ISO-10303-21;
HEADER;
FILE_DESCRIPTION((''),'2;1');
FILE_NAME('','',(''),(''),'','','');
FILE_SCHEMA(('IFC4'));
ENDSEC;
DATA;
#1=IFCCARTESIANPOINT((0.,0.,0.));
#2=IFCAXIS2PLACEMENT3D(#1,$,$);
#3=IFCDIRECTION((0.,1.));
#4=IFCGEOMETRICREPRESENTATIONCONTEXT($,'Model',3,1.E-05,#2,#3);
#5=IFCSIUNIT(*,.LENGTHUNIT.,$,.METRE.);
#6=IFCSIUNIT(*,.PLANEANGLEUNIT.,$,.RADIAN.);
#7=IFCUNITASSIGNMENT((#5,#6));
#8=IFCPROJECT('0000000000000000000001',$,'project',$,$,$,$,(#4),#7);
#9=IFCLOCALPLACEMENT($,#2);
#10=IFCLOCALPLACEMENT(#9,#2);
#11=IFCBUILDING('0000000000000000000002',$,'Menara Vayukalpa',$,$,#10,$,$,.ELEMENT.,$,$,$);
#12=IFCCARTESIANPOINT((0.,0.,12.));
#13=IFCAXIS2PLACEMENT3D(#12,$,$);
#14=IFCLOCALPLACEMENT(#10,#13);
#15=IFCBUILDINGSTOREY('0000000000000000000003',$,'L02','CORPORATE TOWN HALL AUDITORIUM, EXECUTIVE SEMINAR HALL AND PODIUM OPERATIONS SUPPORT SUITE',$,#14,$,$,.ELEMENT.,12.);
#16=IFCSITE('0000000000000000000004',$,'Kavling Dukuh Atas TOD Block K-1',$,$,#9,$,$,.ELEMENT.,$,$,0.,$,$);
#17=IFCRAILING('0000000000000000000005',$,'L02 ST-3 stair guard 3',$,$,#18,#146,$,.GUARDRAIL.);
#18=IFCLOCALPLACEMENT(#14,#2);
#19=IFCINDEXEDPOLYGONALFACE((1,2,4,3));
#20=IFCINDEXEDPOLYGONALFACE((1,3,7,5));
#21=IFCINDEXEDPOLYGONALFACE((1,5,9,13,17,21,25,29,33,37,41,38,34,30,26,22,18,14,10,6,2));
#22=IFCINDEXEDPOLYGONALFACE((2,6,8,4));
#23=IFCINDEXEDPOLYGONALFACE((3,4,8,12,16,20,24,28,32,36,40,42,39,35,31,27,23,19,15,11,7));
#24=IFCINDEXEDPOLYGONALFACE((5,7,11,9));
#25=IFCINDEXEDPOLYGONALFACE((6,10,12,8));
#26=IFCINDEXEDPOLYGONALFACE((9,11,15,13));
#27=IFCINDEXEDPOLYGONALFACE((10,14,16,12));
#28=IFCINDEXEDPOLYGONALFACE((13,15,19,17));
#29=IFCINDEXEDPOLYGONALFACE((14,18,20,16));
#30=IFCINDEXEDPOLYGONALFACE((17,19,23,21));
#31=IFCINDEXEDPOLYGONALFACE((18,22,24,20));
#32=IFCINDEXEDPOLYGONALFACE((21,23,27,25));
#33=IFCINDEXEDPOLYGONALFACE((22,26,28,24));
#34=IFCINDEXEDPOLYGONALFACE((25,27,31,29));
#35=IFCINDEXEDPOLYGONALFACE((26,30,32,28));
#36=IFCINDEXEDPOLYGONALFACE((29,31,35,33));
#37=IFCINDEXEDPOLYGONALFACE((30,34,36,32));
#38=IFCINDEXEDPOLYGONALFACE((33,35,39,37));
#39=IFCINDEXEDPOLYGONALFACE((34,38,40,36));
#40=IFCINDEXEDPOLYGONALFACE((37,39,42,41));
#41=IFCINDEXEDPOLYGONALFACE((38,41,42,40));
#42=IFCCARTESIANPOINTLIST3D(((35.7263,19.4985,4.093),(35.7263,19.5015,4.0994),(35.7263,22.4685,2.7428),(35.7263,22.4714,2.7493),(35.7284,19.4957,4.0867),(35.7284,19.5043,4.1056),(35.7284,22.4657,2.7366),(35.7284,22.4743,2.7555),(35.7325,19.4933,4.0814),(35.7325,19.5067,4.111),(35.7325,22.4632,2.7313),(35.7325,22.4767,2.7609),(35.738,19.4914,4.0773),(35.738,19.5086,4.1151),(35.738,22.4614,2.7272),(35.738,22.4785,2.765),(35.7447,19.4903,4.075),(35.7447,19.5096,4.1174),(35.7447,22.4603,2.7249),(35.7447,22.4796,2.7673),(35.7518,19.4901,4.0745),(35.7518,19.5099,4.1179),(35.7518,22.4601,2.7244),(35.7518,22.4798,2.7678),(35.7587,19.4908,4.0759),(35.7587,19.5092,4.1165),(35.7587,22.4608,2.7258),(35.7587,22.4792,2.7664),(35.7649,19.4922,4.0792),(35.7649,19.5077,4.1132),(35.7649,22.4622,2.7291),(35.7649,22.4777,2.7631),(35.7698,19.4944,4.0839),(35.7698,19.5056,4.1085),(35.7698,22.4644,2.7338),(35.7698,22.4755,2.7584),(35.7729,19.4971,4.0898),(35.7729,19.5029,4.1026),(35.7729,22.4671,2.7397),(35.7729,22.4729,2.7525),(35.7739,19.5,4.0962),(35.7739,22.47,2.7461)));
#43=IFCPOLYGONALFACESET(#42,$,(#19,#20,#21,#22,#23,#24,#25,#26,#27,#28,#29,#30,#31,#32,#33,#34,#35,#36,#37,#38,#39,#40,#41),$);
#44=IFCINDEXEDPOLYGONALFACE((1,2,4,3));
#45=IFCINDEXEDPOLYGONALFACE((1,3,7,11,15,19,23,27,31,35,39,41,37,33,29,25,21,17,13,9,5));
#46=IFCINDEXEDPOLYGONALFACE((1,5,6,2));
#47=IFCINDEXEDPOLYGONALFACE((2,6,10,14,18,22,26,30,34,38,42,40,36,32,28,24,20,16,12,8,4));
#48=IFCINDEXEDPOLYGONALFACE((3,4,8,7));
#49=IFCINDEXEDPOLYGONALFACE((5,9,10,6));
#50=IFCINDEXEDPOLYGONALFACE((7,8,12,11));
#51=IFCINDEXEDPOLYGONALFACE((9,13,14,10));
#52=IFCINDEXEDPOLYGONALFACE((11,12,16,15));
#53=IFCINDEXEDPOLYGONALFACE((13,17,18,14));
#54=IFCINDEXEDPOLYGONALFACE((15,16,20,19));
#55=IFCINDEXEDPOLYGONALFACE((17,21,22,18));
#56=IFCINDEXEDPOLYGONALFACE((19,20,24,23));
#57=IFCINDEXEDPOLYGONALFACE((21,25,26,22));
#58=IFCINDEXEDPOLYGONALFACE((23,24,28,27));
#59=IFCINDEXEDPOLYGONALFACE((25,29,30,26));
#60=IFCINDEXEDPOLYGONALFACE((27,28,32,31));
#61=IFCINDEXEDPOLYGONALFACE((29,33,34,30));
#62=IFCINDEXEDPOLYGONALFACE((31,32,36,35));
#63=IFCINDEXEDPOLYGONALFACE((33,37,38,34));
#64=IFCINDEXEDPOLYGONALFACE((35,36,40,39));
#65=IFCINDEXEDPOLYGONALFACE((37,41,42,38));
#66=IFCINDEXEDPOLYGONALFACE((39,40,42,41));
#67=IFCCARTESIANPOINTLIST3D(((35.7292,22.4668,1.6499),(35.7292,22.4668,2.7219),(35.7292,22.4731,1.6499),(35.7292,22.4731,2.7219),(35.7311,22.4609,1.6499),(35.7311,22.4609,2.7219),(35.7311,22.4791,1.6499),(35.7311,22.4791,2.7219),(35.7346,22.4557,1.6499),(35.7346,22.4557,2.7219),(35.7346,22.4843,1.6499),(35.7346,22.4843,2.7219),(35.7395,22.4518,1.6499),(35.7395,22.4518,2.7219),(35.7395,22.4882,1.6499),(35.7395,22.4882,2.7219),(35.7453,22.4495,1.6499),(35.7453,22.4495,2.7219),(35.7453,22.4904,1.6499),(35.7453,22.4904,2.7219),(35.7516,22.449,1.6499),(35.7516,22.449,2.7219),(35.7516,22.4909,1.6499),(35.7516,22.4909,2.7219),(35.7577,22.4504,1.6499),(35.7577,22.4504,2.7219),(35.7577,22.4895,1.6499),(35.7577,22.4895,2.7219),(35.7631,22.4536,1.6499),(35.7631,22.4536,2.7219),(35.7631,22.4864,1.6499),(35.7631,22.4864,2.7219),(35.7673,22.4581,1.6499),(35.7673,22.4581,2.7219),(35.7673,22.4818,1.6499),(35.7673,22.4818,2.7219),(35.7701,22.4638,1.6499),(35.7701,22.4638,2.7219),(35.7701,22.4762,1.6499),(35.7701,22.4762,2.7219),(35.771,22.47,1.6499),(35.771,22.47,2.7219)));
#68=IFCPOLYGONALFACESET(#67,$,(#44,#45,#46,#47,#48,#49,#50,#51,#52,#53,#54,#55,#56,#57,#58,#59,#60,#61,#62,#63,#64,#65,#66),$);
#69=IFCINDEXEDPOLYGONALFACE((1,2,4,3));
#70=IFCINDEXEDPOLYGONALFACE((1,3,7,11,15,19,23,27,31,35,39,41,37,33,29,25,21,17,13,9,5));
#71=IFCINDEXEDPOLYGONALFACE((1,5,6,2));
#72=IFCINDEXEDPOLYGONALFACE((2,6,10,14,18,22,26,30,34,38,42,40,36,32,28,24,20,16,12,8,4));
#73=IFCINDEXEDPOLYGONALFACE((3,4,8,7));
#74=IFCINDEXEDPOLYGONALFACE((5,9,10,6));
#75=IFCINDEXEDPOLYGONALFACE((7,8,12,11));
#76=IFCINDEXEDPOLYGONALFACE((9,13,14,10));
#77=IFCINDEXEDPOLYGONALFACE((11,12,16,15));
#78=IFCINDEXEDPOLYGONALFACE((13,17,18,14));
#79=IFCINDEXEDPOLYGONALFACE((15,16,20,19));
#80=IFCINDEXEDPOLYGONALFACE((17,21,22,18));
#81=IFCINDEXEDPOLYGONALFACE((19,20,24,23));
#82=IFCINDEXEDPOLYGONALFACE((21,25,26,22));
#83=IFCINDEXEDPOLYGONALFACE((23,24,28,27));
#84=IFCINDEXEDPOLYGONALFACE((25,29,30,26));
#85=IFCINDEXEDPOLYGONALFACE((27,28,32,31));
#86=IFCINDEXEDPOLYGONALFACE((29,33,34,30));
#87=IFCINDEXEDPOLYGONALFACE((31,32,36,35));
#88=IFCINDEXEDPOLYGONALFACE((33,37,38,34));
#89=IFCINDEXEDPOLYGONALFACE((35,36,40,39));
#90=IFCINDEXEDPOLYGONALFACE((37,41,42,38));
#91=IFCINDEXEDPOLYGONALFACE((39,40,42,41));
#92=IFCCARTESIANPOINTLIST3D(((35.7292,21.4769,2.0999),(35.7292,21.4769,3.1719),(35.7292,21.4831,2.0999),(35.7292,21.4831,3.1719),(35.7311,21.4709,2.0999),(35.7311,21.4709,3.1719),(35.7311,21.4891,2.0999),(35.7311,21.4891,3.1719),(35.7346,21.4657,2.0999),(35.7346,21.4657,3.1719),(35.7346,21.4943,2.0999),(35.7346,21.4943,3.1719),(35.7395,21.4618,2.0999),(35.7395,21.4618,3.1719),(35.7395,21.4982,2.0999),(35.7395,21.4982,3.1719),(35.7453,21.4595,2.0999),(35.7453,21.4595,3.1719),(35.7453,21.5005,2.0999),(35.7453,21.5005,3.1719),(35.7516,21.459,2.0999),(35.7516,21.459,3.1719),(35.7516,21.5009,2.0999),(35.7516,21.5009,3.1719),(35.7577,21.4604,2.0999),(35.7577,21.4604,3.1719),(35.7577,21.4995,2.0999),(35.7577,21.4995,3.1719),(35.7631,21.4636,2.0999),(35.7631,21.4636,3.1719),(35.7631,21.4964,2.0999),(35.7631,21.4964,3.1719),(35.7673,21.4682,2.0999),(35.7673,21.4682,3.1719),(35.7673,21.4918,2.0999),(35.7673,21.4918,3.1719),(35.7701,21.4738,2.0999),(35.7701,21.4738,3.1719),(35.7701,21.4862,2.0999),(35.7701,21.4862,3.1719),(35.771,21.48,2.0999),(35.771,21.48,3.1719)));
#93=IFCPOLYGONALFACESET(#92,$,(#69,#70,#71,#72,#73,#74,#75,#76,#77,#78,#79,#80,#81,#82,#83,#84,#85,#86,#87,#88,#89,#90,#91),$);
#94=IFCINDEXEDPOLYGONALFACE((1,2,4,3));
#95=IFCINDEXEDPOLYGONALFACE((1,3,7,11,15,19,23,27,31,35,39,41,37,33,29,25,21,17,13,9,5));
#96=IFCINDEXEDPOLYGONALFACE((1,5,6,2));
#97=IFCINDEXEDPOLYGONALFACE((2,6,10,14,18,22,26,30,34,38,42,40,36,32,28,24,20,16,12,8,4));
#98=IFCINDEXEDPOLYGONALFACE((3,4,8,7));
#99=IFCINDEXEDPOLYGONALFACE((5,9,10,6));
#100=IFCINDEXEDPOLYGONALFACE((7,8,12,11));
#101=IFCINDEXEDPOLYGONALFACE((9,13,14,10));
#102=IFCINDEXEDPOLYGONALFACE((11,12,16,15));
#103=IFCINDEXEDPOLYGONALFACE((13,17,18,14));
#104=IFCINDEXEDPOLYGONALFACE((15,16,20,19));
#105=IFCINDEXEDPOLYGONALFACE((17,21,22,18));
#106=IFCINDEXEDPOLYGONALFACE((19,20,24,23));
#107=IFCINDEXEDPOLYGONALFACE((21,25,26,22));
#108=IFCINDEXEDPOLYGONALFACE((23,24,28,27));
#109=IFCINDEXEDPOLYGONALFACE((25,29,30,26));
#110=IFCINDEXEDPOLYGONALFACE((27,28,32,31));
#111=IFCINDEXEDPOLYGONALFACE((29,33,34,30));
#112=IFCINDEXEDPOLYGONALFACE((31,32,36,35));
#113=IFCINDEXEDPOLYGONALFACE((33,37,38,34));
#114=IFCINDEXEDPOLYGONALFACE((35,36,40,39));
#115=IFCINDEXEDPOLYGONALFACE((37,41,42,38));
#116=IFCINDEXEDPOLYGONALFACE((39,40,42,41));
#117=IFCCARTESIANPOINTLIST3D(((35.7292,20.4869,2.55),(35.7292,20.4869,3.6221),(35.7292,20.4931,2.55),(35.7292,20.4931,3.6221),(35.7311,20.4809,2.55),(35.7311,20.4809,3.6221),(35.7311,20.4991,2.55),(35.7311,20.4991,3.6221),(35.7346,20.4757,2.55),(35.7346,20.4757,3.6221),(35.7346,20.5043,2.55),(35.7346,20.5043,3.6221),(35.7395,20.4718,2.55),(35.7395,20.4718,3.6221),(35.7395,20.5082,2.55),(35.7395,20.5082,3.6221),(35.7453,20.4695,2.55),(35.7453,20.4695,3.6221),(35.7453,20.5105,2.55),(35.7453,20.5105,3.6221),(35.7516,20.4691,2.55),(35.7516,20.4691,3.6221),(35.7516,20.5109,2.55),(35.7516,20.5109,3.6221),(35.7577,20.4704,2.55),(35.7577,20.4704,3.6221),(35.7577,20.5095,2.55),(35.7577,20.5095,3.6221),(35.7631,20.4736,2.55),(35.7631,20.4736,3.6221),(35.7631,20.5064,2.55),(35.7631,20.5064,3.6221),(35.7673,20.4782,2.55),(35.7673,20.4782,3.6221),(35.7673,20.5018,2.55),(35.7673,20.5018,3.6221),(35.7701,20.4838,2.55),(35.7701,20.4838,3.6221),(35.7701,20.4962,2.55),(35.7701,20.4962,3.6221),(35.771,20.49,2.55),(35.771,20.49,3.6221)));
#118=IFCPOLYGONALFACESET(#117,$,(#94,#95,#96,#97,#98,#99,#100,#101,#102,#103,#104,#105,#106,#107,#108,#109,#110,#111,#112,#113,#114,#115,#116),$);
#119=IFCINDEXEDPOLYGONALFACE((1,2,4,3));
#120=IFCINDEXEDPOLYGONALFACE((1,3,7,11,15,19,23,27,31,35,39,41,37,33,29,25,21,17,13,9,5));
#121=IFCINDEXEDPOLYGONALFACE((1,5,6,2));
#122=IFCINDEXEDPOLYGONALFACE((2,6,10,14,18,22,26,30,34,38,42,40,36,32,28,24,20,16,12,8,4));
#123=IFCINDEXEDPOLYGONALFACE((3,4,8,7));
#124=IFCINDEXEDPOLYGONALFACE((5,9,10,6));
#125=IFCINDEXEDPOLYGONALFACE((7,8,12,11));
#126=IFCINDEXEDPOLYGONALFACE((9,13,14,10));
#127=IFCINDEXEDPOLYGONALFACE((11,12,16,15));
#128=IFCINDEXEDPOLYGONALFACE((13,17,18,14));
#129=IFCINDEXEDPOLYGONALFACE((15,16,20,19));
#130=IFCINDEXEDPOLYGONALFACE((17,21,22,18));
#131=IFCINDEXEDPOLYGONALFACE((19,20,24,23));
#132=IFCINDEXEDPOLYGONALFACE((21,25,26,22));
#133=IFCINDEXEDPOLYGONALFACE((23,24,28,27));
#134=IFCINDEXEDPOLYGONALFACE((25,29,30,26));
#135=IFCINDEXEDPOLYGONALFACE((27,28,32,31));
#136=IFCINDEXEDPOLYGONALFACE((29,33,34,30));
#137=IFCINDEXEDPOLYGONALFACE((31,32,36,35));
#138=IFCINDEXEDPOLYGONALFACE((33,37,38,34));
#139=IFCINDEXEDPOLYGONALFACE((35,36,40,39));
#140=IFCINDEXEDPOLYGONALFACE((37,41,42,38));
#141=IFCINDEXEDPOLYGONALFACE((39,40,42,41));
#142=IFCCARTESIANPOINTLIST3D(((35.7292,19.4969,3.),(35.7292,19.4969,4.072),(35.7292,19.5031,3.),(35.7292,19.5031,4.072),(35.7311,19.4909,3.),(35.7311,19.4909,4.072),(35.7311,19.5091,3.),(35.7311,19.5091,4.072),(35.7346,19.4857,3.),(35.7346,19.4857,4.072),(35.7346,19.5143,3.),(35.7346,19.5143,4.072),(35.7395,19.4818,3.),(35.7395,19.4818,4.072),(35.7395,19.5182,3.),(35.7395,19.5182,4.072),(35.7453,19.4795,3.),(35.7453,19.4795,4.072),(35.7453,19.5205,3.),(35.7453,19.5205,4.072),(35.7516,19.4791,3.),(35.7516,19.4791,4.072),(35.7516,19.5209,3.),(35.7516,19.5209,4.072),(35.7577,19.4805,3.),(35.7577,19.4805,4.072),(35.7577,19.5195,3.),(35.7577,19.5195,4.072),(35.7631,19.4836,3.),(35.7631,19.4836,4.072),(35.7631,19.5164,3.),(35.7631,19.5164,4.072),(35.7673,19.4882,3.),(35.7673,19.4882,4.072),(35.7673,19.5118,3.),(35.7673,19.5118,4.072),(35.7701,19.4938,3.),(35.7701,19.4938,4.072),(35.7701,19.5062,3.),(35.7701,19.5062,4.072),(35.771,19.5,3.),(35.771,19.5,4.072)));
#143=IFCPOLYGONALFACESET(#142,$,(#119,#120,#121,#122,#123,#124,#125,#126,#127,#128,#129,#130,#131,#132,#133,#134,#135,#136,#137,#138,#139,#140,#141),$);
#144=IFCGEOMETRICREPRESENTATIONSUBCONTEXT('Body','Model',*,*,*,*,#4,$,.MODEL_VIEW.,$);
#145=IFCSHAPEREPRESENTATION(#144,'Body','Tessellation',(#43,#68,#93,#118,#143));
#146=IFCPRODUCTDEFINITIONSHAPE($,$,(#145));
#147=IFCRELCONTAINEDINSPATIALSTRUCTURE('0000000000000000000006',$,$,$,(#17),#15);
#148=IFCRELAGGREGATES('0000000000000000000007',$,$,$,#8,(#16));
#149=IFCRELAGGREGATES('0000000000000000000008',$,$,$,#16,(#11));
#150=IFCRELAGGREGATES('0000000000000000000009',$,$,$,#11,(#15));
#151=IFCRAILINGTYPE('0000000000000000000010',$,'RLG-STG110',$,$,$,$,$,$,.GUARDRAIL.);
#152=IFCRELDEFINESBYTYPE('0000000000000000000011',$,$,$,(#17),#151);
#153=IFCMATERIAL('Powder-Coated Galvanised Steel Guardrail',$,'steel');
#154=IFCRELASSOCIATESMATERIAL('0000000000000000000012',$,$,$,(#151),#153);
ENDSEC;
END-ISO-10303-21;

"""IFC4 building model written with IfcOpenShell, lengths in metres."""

from ifc_helpers import new_model, si_unit, direction, frame, origin, origin_2d, place, context, subcontext, project, spatial, circle, extrude, material, type_object, element, save


model = new_model("IFC4")

# Units and contexts
model_context = context("Model", 3, precision=1e-05, world=origin(), true_north=direction((0.0, 1.0)))
body_context = subcontext(model_context, "Body", "Model", "MODEL_VIEW")
ifc_project = project(units=[si_unit("LENGTHUNIT", "METRE"), si_unit("PLANEANGLEUNIT", "RADIAN")], contexts=[model_context])

# Site, building, storey
site_placement = place(None, origin())
site = spatial("IfcSite", under=ifc_project, at=site_placement, Name="Kavling Dukuh Atas TOD Block K-1", CompositionType="ELEMENT", RefElevation=0.0)
building_placement = place(site_placement, origin())
building = spatial("IfcBuilding", under=site, at=building_placement, Name="Menara Vayukalpa", CompositionType="ELEMENT")
storey_placement = place(building_placement, frame((0.0, 0.0, 12.0)))
storey = spatial("IfcBuildingStorey", under=building, at=storey_placement, Name="L02", Description="CORPORATE TOWN HALL AUDITORIUM, EXECUTIVE SEMINAR HALL AND PODIUM OPERATIONS SUPPORT SUITE", CompositionType="ELEMENT", Elevation=12.0)

# Railing
ifc_material_1 = material(Name="Powder-Coated Galvanised Steel Guardrail", Category="steel")
railing_type_1 = type_object("IfcRailingType", Name="RLG-STG110", PredefinedType="GUARDRAIL", material=ifc_material_1)
railing_1_placement = place(storey_placement, frame((35.75, 22.47, 1.6499)))
element("IfcRailing", 1, at=railing_1_placement, inside=storey, type_object=railing_type_1, Name="L02 ST-3 stair guard 3", PredefinedType="GUARDRAIL", context=body_context, shape_type="SweptSolid", body=[
    extrude(circle(Radius=0.0239, at=origin_2d()), frame((0.0, 0.0, 1.0962), z_axis=(0.0, -0.910354, 0.413831), x_axis=(1.0, 0.0, 0.0)), (0.0, 0.0, 1.0), 3.2625),
    extrude(circle(Radius=0.021, at=origin_2d()), origin(), (0.0, 0.0, 1.0), 1.072),
    extrude(circle(Radius=0.021, at=origin_2d()), frame((0.0, -0.99, 0.45)), (0.0, 0.0, 1.0), 1.072),
    extrude(circle(Radius=0.021, at=origin_2d()), frame((0.0, -1.98, 0.9001)), (0.0, 0.0, 1.0), 1.072),
    extrude(circle(Radius=0.021, at=origin_2d()), frame((0.0, -2.97, 1.3501)), (0.0, 0.0, 1.0), 1.072),
])

save(model, "model.ifc")
